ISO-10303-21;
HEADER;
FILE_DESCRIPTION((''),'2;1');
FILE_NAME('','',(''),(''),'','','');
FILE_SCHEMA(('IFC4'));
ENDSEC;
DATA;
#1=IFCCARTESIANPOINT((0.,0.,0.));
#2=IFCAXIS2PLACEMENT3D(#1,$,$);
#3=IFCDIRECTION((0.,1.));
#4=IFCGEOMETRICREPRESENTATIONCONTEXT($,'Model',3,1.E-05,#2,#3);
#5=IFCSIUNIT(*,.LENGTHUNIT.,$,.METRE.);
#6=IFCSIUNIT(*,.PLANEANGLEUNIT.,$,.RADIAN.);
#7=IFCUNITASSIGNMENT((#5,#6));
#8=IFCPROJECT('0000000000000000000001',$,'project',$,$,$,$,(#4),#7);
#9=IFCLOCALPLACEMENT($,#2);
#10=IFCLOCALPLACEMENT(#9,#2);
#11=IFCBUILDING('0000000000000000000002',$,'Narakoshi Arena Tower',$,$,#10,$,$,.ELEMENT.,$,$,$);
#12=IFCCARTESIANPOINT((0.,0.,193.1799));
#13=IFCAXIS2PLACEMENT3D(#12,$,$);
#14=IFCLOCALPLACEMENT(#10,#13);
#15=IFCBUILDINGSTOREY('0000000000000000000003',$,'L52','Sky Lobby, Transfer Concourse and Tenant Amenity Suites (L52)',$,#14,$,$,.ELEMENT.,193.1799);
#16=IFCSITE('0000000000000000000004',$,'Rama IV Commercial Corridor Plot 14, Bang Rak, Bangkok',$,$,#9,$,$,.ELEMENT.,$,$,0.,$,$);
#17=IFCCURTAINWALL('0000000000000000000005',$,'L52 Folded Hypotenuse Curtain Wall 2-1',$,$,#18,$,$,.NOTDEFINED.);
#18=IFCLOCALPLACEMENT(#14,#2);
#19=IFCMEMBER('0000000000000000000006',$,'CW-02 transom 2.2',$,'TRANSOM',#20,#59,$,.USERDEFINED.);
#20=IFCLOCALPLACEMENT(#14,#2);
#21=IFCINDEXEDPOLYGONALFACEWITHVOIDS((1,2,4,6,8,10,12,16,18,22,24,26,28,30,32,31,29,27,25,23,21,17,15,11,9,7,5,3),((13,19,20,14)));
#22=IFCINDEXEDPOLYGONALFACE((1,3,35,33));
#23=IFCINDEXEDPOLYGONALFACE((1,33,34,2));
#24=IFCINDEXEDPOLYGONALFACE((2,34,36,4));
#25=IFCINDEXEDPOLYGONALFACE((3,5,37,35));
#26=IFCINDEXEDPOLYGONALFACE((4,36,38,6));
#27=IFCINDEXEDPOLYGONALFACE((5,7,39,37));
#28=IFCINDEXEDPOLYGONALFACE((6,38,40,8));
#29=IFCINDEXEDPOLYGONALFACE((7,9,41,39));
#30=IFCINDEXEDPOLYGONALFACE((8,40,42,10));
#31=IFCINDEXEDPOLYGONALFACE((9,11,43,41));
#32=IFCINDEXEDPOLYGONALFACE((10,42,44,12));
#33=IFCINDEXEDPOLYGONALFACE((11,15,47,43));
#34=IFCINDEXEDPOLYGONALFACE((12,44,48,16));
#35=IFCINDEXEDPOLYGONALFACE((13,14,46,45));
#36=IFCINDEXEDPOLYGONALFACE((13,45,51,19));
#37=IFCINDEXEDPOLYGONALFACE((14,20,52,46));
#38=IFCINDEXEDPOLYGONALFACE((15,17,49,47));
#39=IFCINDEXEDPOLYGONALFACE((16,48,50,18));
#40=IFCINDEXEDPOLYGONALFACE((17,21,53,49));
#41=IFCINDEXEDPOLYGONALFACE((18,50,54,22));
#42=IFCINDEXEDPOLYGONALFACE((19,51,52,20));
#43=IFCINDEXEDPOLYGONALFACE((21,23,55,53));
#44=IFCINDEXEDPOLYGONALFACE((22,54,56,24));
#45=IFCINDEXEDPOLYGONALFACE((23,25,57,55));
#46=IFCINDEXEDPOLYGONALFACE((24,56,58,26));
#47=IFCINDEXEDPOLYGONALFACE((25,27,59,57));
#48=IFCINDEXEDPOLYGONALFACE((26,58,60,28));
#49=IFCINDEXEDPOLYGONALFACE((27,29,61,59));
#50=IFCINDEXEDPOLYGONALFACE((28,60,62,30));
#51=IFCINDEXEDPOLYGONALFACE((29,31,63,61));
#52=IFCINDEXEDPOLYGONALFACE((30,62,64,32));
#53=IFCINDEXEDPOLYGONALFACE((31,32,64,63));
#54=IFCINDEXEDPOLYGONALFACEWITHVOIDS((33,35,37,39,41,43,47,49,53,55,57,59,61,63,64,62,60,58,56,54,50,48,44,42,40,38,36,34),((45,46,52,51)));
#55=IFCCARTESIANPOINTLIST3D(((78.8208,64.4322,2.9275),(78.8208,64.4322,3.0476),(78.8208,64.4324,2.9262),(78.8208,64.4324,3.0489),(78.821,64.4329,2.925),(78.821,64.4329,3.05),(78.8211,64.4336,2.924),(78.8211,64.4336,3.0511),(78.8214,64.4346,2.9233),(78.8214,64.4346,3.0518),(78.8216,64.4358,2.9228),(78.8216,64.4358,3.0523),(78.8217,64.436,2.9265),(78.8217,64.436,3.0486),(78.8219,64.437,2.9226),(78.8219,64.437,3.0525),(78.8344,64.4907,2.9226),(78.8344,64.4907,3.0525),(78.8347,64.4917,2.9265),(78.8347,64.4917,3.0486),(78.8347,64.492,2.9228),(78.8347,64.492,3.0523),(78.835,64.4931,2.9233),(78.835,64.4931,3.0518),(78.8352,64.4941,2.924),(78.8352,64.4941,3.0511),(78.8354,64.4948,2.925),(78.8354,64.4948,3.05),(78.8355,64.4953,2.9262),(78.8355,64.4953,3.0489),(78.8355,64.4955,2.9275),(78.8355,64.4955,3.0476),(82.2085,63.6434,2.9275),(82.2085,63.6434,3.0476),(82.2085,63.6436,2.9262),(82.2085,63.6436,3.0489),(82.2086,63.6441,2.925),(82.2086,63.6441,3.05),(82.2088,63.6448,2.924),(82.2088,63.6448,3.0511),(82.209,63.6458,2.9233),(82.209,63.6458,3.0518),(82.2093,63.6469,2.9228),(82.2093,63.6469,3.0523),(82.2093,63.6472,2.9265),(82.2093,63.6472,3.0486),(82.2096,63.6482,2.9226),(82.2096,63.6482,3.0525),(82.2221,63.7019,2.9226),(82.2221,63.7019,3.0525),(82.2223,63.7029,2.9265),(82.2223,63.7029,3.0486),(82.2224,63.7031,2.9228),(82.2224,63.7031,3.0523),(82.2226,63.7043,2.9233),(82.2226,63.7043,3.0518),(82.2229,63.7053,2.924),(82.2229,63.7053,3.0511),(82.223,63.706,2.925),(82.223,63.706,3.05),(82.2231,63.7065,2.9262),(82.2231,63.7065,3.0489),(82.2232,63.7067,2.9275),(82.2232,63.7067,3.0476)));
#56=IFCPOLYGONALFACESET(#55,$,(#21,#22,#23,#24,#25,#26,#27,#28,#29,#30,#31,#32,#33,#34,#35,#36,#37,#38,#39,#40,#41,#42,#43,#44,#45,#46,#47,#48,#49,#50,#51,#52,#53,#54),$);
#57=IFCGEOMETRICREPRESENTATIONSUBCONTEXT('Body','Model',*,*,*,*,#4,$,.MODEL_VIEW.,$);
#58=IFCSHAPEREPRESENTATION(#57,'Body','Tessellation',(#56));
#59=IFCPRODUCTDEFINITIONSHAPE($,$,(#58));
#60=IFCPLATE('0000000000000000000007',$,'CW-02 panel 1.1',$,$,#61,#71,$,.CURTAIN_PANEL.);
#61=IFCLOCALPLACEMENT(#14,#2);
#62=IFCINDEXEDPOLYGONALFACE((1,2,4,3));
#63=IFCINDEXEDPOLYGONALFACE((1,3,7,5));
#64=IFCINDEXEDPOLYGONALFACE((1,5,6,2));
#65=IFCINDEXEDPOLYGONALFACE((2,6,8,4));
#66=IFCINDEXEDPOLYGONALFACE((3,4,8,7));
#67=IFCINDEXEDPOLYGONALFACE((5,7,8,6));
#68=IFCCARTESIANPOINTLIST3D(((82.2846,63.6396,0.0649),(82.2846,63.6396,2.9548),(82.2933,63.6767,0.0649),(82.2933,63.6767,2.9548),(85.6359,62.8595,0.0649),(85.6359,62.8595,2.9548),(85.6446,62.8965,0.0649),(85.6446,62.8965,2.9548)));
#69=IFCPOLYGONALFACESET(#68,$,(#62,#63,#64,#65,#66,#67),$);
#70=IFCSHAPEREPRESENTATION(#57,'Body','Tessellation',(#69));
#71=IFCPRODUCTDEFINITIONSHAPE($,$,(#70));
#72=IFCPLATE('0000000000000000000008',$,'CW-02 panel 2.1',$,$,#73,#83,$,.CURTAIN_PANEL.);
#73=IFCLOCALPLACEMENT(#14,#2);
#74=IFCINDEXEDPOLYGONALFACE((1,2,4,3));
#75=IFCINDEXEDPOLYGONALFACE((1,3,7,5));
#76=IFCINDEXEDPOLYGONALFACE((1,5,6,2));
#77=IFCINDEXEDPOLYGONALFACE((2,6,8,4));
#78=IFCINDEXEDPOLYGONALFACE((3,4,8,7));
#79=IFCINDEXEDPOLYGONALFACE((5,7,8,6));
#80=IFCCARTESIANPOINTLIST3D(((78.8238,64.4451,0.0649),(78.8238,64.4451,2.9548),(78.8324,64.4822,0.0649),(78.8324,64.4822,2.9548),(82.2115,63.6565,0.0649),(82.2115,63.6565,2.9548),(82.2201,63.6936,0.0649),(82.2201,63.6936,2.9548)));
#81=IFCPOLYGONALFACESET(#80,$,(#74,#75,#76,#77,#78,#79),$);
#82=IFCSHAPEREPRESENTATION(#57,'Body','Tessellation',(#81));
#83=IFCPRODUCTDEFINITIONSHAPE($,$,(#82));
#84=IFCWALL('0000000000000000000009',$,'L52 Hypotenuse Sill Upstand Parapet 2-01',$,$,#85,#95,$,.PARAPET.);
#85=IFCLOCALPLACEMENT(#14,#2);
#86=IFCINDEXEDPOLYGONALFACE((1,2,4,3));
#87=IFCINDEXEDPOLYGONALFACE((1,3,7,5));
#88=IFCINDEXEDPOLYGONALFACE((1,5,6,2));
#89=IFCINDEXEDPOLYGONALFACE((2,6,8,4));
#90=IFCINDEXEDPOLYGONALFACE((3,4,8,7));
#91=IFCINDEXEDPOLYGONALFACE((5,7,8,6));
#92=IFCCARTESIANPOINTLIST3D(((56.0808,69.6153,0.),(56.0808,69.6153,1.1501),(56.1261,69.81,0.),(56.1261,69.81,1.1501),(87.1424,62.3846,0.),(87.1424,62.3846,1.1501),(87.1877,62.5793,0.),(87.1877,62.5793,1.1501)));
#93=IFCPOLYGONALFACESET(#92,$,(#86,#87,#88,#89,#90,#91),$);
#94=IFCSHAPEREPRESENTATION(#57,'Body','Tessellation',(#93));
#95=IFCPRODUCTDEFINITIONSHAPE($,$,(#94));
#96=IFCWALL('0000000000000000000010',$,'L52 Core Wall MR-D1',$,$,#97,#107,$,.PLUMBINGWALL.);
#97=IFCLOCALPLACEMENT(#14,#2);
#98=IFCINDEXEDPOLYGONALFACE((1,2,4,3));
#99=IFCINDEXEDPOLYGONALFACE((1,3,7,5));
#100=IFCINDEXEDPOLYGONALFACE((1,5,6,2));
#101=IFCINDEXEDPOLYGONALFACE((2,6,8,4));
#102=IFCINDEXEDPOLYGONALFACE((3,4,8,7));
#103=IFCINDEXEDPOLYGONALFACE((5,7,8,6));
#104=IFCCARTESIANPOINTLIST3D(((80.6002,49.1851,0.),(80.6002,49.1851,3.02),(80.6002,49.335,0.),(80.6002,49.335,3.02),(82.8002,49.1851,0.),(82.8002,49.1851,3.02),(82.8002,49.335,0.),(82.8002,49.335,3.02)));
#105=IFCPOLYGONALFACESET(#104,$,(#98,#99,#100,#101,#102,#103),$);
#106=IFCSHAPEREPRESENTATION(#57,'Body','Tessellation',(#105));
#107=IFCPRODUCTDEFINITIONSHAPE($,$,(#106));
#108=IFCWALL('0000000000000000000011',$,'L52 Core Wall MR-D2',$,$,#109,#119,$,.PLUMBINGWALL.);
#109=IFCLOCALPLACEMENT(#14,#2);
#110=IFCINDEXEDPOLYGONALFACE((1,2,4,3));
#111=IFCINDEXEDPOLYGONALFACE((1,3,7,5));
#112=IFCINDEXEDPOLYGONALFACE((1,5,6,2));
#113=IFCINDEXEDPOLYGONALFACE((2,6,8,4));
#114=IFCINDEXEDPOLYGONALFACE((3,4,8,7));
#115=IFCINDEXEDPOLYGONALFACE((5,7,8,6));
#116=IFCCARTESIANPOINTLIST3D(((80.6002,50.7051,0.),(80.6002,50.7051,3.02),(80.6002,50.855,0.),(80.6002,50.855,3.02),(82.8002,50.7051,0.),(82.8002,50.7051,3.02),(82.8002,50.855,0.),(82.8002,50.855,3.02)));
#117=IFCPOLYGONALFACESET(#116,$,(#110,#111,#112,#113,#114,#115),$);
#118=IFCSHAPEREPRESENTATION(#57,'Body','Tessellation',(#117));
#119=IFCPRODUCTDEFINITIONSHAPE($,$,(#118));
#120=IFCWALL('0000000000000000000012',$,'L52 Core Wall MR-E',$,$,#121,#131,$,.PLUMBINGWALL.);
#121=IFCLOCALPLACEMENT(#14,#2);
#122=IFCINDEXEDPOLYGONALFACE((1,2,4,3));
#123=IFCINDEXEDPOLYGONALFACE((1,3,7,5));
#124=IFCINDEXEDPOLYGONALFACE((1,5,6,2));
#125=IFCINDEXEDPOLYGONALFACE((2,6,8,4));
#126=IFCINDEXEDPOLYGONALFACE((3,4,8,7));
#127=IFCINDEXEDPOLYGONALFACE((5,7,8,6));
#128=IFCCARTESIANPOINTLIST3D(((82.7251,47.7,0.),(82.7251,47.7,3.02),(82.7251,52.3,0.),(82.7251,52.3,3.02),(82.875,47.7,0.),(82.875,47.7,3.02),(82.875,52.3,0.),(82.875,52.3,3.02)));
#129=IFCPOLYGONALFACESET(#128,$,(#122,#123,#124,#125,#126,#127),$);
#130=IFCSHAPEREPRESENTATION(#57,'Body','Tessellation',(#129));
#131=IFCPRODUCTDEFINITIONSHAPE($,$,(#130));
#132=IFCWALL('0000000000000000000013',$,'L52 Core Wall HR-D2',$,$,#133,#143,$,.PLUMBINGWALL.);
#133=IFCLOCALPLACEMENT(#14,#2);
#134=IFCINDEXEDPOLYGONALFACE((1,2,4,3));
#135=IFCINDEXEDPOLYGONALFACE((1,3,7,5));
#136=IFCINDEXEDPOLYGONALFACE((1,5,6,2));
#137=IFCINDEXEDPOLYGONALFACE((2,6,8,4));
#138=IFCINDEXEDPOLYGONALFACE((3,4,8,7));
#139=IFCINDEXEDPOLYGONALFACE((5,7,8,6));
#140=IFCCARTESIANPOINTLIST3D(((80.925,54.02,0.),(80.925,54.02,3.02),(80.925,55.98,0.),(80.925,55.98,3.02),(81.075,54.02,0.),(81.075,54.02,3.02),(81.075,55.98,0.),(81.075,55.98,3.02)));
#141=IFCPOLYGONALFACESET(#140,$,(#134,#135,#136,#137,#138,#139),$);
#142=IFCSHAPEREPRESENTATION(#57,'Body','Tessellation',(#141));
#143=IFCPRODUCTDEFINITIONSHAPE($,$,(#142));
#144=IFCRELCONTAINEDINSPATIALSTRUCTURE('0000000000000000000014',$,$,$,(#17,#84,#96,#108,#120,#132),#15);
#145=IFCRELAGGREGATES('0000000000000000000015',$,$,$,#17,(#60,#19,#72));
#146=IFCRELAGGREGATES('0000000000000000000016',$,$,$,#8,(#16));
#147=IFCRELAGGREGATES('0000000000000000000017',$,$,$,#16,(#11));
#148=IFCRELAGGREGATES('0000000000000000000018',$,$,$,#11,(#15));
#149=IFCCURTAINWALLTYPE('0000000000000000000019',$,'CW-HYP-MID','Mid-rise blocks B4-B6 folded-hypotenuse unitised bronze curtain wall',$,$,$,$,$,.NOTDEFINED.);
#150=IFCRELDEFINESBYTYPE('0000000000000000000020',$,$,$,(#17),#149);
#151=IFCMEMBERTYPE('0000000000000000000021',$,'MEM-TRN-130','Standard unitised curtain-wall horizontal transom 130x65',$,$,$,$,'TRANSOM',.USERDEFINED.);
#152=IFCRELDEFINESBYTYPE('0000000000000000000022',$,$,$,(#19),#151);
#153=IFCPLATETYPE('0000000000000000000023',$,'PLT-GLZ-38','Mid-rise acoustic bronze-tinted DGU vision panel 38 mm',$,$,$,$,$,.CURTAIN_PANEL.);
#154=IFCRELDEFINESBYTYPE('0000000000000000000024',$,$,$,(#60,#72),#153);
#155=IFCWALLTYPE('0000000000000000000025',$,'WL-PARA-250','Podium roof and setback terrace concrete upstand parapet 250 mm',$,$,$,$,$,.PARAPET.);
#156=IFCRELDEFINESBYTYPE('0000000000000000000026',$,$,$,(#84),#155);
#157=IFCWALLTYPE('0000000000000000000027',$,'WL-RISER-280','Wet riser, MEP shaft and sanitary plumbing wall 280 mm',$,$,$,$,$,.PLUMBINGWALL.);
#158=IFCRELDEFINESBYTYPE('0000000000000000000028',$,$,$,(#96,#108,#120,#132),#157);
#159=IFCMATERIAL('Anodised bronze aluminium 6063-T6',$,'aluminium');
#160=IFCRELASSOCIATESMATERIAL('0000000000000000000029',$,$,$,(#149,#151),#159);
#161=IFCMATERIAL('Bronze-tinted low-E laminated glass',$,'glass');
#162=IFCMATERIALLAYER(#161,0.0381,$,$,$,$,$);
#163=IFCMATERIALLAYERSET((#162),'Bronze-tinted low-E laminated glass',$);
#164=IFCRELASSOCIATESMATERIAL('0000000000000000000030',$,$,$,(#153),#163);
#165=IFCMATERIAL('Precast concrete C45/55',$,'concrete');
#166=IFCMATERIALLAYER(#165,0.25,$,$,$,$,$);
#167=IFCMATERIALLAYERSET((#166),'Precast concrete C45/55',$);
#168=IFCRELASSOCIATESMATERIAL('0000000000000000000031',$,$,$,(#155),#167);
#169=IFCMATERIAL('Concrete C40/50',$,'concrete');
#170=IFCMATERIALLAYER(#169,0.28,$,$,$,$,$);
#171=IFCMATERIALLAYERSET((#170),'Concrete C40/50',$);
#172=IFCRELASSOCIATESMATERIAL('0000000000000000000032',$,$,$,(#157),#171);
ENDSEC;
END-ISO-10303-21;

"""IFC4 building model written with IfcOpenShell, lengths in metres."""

from ifc_helpers import new_model, si_unit, direction, frame, frame_2d, origin, origin_2d, place, context, subcontext, project, spatial, rectangle, hollow_rectangle, extrude, material, layer, layer_set, material_profile, profile_set, type_object, element, aggregate, save


model = new_model("IFC4")

# Units and contexts
model_context = context("Model", 3, precision=1e-05, world=origin(), true_north=direction((0.0, 1.0)))
body_context = subcontext(model_context, "Body", "Model", "MODEL_VIEW")
ifc_project = project(units=[si_unit("LENGTHUNIT", "METRE"), si_unit("PLANEANGLEUNIT", "RADIAN")], contexts=[model_context])

# Site, building, storey
site_placement = place(None, origin())
site = spatial("IfcSite", under=ifc_project, at=site_placement, Name="Rama IV Commercial Corridor Plot 14, Bang Rak, Bangkok", CompositionType="ELEMENT", RefElevation=0.0)
building_placement = place(site_placement, origin())
building = spatial("IfcBuilding", under=site, at=building_placement, Name="Narakoshi Arena Tower", CompositionType="ELEMENT")
storey_placement = place(building_placement, frame((0.0, 0.0, 193.1799)))
storey = spatial("IfcBuildingStorey", under=building, at=storey_placement, Name="L52", Description="Sky Lobby, Transfer Concourse and Tenant Amenity Suites (L52)", CompositionType="ELEMENT", Elevation=193.1799)

# Shared definitions
ifc_material_1 = material(Name="Anodised bronze aluminium 6063-T6", Category="aluminium")
curtain_wall_type = type_object("IfcCurtainWallType", Name="CW-HYP-MID", Description="Mid-rise blocks B4-B6 folded-hypotenuse unitised bronze curtain wall", PredefinedType="NOTDEFINED", material=ifc_material_1)

# Curtain wall, member, plates
curtain_wall_1_placement = place(storey_placement, origin())
curtain_wall_1 = element("IfcCurtainWall", 1, at=curtain_wall_1_placement, inside=storey, type_object=curtain_wall_type, Name="L52 Folded Hypotenuse Curtain Wall 2-1", PredefinedType="NOTDEFINED")
ifc_material_profile_1 = material_profile(ifc_material_1, hollow_rectangle(XDim=0.0649, YDim=0.1299, WallThickness=0.0039, OuterFilletRadius=0.0049, at=origin_2d()), Name="TRN130x65x4")
ifc_profile_set_1 = profile_set([ifc_material_profile_1], Name="Anodised bronze aluminium 6063-T6")
member_type_1 = type_object("IfcMemberType", Name="MEM-TRN-130", Description="Standard unitised curtain-wall horizontal transom 130x65", ElementType="TRANSOM", PredefinedType="USERDEFINED", material=ifc_profile_set_1)
member_1_placement = place(storey_placement, frame((82.2158, 63.675, 2.9875), z_axis=(-0.973946, 0.226781, 0.0), x_axis=(-0.226781, -0.973946, 0.0)))
member_1 = element("IfcMember", 2, at=member_1_placement, type_object=member_type_1, Name="CW-02 transom 2.2", ObjectType="TRANSOM", PredefinedType="USERDEFINED", context=body_context, shape_type="SweptSolid", body=[
    extrude(hollow_rectangle(XDim=0.0649, YDim=0.1299, WallThickness=0.0039, OuterFilletRadius=0.0049, at=origin_2d()), origin(), (0.0, 0.0, 1.0), 3.4783),
])
ifc_material_2 = material(Name="Bronze-tinted low-E laminated glass", Category="glass")
ifc_layer_1 = layer(ifc_material_2, 0.0381)
ifc_layer_set_1 = layer_set([ifc_layer_1], Name="Bronze-tinted low-E laminated glass")
plate_type = type_object("IfcPlateType", Name="PLT-GLZ-38", Description="Mid-rise acoustic bronze-tinted DGU vision panel 38 mm", PredefinedType="CURTAIN_PANEL", material=ifc_layer_set_1)
plate_1_placement = place(storey_placement, frame((83.9646, 63.2681, 0.0649), z_axis=(0.0, 0.0, 1.0), x_axis=(-0.97396, 0.226721, 0.0)))
plate_1 = element("IfcPlate", 3, at=plate_1_placement, type_object=plate_type, Name="CW-02 panel 1.1", PredefinedType="CURTAIN_PANEL", context=body_context, shape_type="SweptSolid", body=[
    extrude(rectangle(XDim=3.4409, YDim=0.0381, at=origin_2d()), origin(), (0.0, 0.0, 1.0), 2.8899),
])
plate_2_placement = place(storey_placement, frame((80.522, 64.0693, 0.0649), z_axis=(0.0, 0.0, 1.0), x_axis=(-0.97396, 0.226721, 0.0)))
plate_2 = element("IfcPlate", 4, at=plate_2_placement, type_object=plate_type, Name="CW-02 panel 2.1", PredefinedType="CURTAIN_PANEL", context=body_context, shape_type="SweptSolid", body=[
    extrude(rectangle(XDim=3.4783, YDim=0.0381, at=origin_2d()), origin(), (0.0, 0.0, 1.0), 2.8899),
])
aggregate(curtain_wall_1, [plate_1, member_1, plate_2])

# Walls
ifc_material_3 = material(Name="Precast concrete C45/55", Category="concrete")
ifc_layer_2 = layer(ifc_material_3, 0.25)
ifc_layer_set_2 = layer_set([ifc_layer_2], Name="Precast concrete C45/55")
wall_type_1 = type_object("IfcWallType", Name="WL-PARA-250", Description="Podium roof and setback terrace concrete upstand parapet 250 mm", PredefinedType="PARAPET", material=ifc_layer_set_2)
wall_1_placement = place(storey_placement, frame((87.165, 62.4819, 0.0), z_axis=(0.0, 0.0, 1.0), x_axis=(-0.973959, 0.226725, 0.0)))
element("IfcWall", 5, at=wall_1_placement, inside=storey, type_object=wall_type_1, Name="L52 Hypotenuse Sill Upstand Parapet 2-01", PredefinedType="PARAPET", context=body_context, shape_type="SweptSolid", body=[
    extrude(rectangle(XDim=31.8921, YDim=0.2, at=frame_2d((15.946, 0.0))), origin(), (0.0, 0.0, 1.0), 1.1501),
])
ifc_material_4 = material(Name="Concrete C40/50", Category="concrete")
ifc_layer_3 = layer(ifc_material_4, 0.28)
ifc_layer_set_3 = layer_set([ifc_layer_3], Name="Concrete C40/50")
wall_type_2 = type_object("IfcWallType", Name="WL-RISER-280", Description="Wet riser, MEP shaft and sanitary plumbing wall 280 mm", PredefinedType="PLUMBINGWALL", material=ifc_layer_set_3)
for number, where, z_axis, x_axis, name in (
    (6, (80.6001, 49.26, 0.0), (0.0, 0.0, 1.0), (1.0, 0.0, 0.0), "L52 Core Wall MR-D1"),
    (7, (80.6001, 50.78, 0.0), (0.0, 0.0, 1.0), (1.0, 0.0, 0.0), "L52 Core Wall MR-D2"),
):
    element("IfcWall", number, at=place(storey_placement, frame(where, z_axis=z_axis, x_axis=x_axis)), inside=storey, type_object=wall_type_2, Name=name, PredefinedType="PLUMBINGWALL", context=body_context, shape_type="SweptSolid", body=[
        extrude(rectangle(XDim=2.2, YDim=0.1499, at=frame_2d((1.1001, 0.0))), origin(), (0.0, 0.0, 1.0), 3.02),
    ])
wall_2_placement = place(storey_placement, frame((82.8, 47.7, 0.0), z_axis=(0.0, 0.0, 1.0), x_axis=(0.0, 1.0, 0.0)))
element("IfcWall", 8, at=wall_2_placement, inside=storey, type_object=wall_type_2, Name="L52 Core Wall MR-E", PredefinedType="PLUMBINGWALL", context=body_context, shape_type="SweptSolid", body=[
    extrude(rectangle(XDim=4.6001, YDim=0.1499, at=frame_2d((2.3, 0.0))), origin(), (0.0, 0.0, 1.0), 3.02),
])
wall_3_placement = place(storey_placement, frame((81.0, 54.02, 0.0), z_axis=(0.0, 0.0, 1.0), x_axis=(0.0, 1.0, 0.0)))
element("IfcWall", 9, at=wall_3_placement, inside=storey, type_object=wall_type_2, Name="L52 Core Wall HR-D2", PredefinedType="PLUMBINGWALL", context=body_context, shape_type="SweptSolid", body=[
    extrude(rectangle(XDim=1.96, YDim=0.1499, at=frame_2d((0.98, 0.0))), origin(), (0.0, 0.0, 1.0), 3.02),
])

save(model, "model.ifc")
